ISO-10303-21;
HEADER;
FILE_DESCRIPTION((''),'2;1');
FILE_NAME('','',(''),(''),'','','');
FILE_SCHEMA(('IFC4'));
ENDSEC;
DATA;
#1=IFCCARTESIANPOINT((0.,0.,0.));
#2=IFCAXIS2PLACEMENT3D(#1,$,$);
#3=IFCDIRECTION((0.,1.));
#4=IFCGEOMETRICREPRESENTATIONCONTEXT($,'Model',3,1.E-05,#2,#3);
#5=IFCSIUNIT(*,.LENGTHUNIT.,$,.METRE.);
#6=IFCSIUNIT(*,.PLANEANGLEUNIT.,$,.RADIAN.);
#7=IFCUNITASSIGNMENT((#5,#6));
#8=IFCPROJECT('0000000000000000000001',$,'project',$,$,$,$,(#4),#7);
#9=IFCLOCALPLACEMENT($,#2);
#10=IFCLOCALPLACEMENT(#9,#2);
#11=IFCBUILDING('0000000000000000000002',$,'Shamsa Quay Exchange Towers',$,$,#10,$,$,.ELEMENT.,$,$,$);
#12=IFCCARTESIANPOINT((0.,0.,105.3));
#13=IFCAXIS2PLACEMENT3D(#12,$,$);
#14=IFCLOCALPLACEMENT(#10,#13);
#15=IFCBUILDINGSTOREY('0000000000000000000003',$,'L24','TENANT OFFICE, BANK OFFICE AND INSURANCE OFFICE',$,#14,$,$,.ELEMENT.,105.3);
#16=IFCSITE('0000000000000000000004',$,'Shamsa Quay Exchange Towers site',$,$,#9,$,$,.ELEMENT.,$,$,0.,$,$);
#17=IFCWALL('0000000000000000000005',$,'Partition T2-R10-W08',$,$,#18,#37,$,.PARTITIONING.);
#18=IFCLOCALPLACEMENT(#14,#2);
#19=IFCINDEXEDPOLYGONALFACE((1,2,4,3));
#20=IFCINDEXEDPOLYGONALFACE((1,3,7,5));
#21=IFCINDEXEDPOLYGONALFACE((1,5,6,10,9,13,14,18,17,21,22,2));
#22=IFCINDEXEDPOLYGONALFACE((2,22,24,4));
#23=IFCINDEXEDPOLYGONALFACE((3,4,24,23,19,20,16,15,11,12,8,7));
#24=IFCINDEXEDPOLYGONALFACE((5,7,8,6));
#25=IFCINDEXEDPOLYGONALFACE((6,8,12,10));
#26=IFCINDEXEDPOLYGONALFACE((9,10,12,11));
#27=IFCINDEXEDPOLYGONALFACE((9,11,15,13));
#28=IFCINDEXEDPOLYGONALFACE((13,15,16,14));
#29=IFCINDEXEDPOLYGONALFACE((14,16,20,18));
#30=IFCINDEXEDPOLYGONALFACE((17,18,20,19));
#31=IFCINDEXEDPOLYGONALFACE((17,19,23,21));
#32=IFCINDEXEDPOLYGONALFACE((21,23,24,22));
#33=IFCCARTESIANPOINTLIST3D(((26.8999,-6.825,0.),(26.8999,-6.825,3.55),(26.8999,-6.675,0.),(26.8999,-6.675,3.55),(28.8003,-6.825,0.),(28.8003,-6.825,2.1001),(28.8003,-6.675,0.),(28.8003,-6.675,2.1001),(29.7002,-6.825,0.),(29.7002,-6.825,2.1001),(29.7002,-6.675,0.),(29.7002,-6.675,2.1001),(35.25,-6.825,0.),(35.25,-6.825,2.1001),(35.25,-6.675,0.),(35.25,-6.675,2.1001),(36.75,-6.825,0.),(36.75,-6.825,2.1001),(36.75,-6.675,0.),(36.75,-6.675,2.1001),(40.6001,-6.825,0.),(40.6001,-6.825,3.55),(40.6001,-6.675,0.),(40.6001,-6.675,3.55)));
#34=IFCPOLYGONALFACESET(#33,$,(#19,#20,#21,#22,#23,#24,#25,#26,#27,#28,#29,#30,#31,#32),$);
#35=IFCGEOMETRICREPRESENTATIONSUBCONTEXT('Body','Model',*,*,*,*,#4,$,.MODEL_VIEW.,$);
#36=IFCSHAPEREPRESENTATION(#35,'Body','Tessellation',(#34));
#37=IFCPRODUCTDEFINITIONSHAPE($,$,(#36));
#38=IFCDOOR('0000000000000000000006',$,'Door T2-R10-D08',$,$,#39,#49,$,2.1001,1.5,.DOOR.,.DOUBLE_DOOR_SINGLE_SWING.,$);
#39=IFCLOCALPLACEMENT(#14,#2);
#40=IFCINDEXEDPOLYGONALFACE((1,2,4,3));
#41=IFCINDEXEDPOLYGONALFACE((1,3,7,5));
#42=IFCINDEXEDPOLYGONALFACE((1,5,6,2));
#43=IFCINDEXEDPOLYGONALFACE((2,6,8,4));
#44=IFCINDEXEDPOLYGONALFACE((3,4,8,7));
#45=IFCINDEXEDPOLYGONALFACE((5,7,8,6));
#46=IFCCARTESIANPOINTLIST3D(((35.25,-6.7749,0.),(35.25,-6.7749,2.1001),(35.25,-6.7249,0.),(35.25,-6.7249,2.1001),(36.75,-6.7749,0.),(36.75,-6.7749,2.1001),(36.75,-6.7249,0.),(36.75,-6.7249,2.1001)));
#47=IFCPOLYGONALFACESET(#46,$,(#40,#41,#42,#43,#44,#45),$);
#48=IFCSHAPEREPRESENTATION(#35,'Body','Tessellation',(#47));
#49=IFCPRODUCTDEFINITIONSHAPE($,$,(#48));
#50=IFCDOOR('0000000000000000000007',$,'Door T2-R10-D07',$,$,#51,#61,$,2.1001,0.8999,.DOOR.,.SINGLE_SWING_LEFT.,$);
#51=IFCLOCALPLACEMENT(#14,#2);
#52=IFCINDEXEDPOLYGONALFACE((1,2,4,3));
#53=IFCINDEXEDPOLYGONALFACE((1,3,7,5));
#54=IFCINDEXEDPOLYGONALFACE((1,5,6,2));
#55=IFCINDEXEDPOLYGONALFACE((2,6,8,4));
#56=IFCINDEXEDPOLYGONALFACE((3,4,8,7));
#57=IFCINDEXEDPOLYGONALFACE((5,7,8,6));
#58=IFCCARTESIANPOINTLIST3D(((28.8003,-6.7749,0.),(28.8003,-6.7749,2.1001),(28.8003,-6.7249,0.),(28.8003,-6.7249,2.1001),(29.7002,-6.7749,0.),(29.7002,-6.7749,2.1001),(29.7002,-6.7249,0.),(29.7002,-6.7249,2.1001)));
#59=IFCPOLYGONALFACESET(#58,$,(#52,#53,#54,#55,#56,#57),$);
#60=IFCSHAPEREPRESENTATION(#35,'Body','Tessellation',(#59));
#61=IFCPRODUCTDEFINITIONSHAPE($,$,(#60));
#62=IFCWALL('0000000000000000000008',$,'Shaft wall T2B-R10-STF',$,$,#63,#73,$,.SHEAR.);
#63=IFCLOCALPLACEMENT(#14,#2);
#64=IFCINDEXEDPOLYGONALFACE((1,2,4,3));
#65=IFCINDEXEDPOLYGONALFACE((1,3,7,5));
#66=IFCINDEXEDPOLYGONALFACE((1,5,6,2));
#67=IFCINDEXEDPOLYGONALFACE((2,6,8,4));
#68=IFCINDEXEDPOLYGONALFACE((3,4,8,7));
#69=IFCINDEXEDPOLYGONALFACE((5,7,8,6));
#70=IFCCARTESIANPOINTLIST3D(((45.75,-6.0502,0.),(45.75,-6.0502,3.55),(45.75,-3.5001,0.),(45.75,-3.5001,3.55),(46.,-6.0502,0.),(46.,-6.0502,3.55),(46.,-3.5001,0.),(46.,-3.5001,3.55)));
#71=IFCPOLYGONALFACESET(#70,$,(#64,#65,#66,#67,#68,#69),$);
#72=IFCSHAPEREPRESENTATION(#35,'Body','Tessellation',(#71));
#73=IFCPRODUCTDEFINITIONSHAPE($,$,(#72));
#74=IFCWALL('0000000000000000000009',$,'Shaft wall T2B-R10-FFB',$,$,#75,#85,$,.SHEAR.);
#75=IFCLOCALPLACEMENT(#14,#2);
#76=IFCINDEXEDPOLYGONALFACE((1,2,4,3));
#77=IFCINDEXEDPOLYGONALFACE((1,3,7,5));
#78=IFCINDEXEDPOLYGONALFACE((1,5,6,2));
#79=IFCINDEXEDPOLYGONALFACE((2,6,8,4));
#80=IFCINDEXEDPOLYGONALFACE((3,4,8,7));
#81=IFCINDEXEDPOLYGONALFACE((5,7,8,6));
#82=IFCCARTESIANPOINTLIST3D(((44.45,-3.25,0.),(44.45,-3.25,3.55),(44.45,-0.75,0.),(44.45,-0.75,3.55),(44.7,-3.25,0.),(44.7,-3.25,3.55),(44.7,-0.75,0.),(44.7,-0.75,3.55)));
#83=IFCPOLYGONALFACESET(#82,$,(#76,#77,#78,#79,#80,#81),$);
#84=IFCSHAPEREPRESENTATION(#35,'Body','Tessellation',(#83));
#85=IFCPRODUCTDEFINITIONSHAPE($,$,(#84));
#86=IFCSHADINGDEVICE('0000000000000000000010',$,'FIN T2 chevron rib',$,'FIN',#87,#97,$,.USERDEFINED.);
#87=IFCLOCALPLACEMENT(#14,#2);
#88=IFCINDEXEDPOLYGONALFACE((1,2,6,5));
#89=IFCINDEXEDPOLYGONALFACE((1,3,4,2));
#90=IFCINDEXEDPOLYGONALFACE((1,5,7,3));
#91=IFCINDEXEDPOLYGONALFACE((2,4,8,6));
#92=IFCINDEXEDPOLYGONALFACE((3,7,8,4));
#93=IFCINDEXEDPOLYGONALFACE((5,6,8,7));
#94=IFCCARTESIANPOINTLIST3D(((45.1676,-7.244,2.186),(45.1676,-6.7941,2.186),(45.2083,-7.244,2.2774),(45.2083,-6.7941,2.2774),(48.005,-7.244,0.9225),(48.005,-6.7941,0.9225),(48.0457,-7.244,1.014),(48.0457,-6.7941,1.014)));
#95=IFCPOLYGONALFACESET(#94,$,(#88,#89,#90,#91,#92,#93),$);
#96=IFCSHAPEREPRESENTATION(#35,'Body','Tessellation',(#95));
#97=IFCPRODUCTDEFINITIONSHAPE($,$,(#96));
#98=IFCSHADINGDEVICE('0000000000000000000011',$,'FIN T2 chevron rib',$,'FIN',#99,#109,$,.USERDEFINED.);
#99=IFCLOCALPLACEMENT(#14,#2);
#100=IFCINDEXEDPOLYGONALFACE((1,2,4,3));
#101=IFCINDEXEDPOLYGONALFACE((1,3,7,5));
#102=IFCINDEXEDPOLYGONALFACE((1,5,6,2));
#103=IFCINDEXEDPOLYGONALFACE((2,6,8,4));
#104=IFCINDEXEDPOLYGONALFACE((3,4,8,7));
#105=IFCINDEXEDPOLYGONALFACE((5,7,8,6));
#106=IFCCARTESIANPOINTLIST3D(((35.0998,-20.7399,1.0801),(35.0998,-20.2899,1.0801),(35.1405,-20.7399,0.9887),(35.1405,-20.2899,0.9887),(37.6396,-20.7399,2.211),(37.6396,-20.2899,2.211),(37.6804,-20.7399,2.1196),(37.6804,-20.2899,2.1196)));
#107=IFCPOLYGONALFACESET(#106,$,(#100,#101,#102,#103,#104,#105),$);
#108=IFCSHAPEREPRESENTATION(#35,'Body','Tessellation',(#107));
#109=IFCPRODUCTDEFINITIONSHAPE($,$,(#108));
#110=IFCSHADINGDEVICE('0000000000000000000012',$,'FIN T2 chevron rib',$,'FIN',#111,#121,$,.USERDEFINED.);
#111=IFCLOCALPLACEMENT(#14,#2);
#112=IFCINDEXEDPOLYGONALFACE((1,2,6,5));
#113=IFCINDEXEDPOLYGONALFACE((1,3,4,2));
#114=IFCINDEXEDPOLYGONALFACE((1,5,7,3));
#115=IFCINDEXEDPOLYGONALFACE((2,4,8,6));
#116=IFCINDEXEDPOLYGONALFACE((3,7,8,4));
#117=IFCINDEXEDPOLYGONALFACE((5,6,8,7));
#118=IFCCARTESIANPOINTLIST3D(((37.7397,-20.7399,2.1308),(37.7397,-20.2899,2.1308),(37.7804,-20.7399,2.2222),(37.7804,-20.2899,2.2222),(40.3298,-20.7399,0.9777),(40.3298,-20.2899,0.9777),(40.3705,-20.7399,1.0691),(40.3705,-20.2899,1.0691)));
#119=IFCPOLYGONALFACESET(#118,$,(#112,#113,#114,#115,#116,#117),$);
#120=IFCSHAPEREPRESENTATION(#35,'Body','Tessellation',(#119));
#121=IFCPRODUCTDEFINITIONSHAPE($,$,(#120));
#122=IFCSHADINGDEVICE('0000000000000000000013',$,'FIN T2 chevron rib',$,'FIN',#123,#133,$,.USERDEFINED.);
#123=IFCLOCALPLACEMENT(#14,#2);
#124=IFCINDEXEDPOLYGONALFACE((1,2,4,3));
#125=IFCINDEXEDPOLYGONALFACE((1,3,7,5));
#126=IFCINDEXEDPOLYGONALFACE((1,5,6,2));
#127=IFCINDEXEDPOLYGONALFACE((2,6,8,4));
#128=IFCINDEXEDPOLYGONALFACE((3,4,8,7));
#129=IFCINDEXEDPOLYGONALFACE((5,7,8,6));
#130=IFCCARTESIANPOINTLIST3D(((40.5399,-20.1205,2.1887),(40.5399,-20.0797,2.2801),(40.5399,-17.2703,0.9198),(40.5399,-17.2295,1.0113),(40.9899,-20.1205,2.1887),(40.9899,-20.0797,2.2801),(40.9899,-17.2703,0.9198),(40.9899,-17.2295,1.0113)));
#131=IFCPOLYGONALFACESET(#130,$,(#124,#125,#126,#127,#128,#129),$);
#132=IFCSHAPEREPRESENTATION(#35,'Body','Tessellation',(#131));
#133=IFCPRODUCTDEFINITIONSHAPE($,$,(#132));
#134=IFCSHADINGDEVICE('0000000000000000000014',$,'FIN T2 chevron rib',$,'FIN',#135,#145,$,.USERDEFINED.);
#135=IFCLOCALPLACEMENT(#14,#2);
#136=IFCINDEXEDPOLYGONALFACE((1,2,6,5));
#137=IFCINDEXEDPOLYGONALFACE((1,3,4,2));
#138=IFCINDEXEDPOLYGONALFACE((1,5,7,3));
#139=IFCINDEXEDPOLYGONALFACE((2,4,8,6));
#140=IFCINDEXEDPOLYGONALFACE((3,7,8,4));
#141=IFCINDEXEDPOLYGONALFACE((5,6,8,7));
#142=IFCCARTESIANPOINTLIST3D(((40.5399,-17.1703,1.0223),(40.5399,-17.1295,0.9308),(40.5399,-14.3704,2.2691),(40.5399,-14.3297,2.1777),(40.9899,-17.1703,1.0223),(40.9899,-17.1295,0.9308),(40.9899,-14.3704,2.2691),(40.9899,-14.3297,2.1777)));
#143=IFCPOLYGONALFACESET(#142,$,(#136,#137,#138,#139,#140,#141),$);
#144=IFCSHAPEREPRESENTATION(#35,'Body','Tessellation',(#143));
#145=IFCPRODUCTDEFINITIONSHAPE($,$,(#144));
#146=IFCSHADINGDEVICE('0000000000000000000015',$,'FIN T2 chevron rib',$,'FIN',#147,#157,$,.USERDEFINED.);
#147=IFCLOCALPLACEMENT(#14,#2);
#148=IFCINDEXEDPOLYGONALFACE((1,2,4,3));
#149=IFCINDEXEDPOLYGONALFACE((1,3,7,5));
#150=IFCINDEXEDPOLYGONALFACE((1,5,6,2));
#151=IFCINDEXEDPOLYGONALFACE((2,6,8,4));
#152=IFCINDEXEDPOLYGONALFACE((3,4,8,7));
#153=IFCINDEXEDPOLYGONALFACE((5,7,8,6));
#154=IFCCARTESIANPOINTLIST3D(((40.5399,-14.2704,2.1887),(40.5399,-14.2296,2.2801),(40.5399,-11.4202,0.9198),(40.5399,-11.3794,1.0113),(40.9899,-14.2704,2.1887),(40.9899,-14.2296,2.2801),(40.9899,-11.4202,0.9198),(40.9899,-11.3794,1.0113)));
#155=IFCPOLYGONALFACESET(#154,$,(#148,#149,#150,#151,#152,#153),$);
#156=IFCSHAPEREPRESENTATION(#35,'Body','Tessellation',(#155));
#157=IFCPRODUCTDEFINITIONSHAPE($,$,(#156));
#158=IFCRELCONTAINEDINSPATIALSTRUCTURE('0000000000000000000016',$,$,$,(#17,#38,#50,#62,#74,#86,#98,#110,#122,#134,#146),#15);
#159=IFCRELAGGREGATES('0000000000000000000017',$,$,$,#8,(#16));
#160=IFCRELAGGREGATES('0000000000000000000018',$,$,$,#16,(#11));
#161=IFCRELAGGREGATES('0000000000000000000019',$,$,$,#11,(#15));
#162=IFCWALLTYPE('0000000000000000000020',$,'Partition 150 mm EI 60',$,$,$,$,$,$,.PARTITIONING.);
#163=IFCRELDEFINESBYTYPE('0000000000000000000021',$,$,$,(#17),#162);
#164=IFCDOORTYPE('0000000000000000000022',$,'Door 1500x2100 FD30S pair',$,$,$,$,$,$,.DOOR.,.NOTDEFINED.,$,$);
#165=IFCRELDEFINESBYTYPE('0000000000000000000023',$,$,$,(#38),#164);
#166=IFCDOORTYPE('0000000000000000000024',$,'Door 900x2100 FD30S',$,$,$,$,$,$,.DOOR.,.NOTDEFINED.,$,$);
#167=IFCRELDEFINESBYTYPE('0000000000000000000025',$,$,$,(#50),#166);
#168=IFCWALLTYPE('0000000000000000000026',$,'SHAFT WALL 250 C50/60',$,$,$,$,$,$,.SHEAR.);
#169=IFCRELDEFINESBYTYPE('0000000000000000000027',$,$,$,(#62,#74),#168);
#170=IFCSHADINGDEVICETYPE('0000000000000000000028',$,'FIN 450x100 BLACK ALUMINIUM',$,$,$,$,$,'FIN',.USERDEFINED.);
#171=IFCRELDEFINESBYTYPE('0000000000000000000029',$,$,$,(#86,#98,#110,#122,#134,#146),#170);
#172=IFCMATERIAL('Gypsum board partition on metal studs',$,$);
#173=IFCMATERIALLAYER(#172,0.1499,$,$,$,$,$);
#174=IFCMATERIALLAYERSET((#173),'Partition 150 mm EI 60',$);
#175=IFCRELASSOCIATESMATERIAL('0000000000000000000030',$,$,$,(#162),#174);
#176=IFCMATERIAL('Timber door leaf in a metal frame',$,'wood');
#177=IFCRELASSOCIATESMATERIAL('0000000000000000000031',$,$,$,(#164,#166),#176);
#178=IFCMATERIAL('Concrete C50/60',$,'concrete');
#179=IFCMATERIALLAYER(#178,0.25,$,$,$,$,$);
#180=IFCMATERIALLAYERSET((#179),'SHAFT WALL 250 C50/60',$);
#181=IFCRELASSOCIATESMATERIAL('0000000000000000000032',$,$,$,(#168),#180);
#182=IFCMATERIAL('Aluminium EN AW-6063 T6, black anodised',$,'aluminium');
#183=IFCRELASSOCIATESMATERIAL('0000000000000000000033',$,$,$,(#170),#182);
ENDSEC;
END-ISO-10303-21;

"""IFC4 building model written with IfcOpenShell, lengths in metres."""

from ifc_helpers import new_model, si_unit, direction, frame, frame_2d, origin, origin_2d, place, context, subcontext, project, spatial, rectangle, extrude, material, layer, layer_set, material_profile, profile_set, type_object, element, fill, save


model = new_model("IFC4")

# Units and contexts
model_context = context("Model", 3, precision=1e-05, world=origin(), true_north=direction((0.0, 1.0)))
body_context = subcontext(model_context, "Body", "Model", "MODEL_VIEW")
ifc_project = project(units=[si_unit("LENGTHUNIT", "METRE"), si_unit("PLANEANGLEUNIT", "RADIAN")], contexts=[model_context])

# Site, building, storey
site_placement = place(None, origin())
site = spatial("IfcSite", under=ifc_project, at=site_placement, Name="Shamsa Quay Exchange Towers site", CompositionType="ELEMENT", RefElevation=0.0)
building_placement = place(site_placement, origin())
building = spatial("IfcBuilding", under=site, at=building_placement, Name="Shamsa Quay Exchange Towers", CompositionType="ELEMENT")
storey_placement = place(building_placement, frame((0.0, 0.0, 105.3)))
storey = spatial("IfcBuildingStorey", under=building, at=storey_placement, Name="L24", Description="TENANT OFFICE, BANK OFFICE AND INSURANCE OFFICE", CompositionType="ELEMENT", Elevation=105.3)

# Shared definitions
ifc_material_1 = material(Name="Aluminium EN AW-6063 T6, black anodised", Category="aluminium")

# Wall, openings, doors
ifc_material_2 = material(Name="Gypsum board partition on metal studs")
ifc_layer_1 = layer(ifc_material_2, 0.1499)
ifc_layer_set_1 = layer_set([ifc_layer_1], Name="Partition 150 mm EI 60")
wall_type_1 = type_object("IfcWallType", Name="Partition 150 mm EI 60", PredefinedType="PARTITIONING", material=ifc_layer_set_1)
wall_1_placement = place(storey_placement, frame((40.6001, -6.75, 0.0), z_axis=(0.0, 0.0, 1.0), x_axis=(-1.0, 0.0, 0.0)))
wall_1 = element("IfcWall", 1, at=wall_1_placement, inside=storey, type_object=wall_type_1, Name="Partition T2-R10-W08", PredefinedType="PARTITIONING", context=body_context, shape_type="SweptSolid", body=[
    extrude(rectangle(XDim=13.7002, YDim=0.1499, at=frame_2d((6.8501, 0.0))), origin(), (0.0, 0.0, 1.0), 3.55),
])
opening_1_placement = place(wall_1_placement, frame((10.8999, 0.0, 0.0)))
opening_1 = element("IfcOpeningElement", 2, at=opening_1_placement, cuts=wall_1, PredefinedType="OPENING", context=body_context, shape_type="SweptSolid", body=[
    extrude(rectangle(XDim=0.8999, YDim=2.1001, at=frame_2d((0.45, 1.05))), frame((0.0, 0.085, 0.0), z_axis=(0.0, -1.0, 0.0), x_axis=(1.0, 0.0, 0.0)), (0.0, 0.0, 1.0), 0.1699),
])
opening_2_placement = place(wall_1_placement, frame((3.8501, 0.0, 0.0)))
opening_2 = element("IfcOpeningElement", 3, at=opening_2_placement, cuts=wall_1, PredefinedType="OPENING", context=body_context, shape_type="SweptSolid", body=[
    extrude(rectangle(XDim=1.5, YDim=2.1001, at=frame_2d((0.75, 1.05))), frame((0.0, 0.085, 0.0), z_axis=(0.0, -1.0, 0.0), x_axis=(1.0, 0.0, 0.0)), (0.0, 0.0, 1.0), 0.1699),
])
ifc_material_3 = material(Name="Timber door leaf in a metal frame", Category="wood")
door_type_1 = type_object("IfcDoorType", Name="Door 1500x2100 FD30S pair", OperationType="NOTDEFINED", PredefinedType="DOOR", material=ifc_material_3)
door_1_placement = place(opening_2_placement, origin())
door_1 = element("IfcDoor", 4, at=door_1_placement, inside=storey, type_object=door_type_1, Name="Door T2-R10-D08", OperationType="DOUBLE_DOOR_SINGLE_SWING", OverallHeight=2.1001, OverallWidth=1.5, PredefinedType="DOOR", context=body_context, shape_type="SweptSolid", body=[
    extrude(rectangle(XDim=1.5, YDim=2.1001, at=frame_2d((0.75, 1.05))), frame((0.0, 0.0249, 0.0), z_axis=(0.0, -1.0, 0.0), x_axis=(1.0, 0.0, 0.0)), (0.0, 0.0, 1.0), 0.05),
])
fill(opening_2, door_1)
door_type_2 = type_object("IfcDoorType", Name="Door 900x2100 FD30S", OperationType="NOTDEFINED", PredefinedType="DOOR", material=ifc_material_3)
door_2_placement = place(opening_1_placement, origin())
door_2 = element("IfcDoor", 5, at=door_2_placement, inside=storey, type_object=door_type_2, Name="Door T2-R10-D07", OperationType="SINGLE_SWING_LEFT", OverallHeight=2.1001, OverallWidth=0.8999, PredefinedType="DOOR", context=body_context, shape_type="SweptSolid", body=[
    extrude(rectangle(XDim=0.8999, YDim=2.1001, at=frame_2d((0.45, 1.05))), frame((0.0, 0.0249, 0.0), z_axis=(0.0, -1.0, 0.0), x_axis=(1.0, 0.0, 0.0)), (0.0, 0.0, 1.0), 0.05),
])
fill(opening_1, door_2)

# Walls
ifc_material_4 = material(Name="Concrete C50/60", Category="concrete")
ifc_layer_2 = layer(ifc_material_4, 0.25)
ifc_layer_set_2 = layer_set([ifc_layer_2], Name="SHAFT WALL 250 C50/60")
wall_type_2 = type_object("IfcWallType", Name="SHAFT WALL 250 C50/60", PredefinedType="SHEAR", material=ifc_layer_set_2)
wall_2_placement = place(storey_placement, frame((45.875, -6.05, 0.0), z_axis=(0.0, 0.0, 1.0), x_axis=(0.0, 1.0, 0.0)))
element("IfcWall", 6, at=wall_2_placement, inside=storey, type_object=wall_type_2, Name="Shaft wall T2B-R10-STF", PredefinedType="SHEAR", context=body_context, shape_type="SweptSolid", body=[
    extrude(rectangle(XDim=2.55, YDim=0.25, at=frame_2d((1.2749, 0.0))), origin(), (0.0, 0.0, 1.0), 3.55),
])
wall_3_placement = place(storey_placement, frame((44.575, -3.25, 0.0), z_axis=(0.0, 0.0, 1.0), x_axis=(0.0, 1.0, 0.0)))
element("IfcWall", 7, at=wall_3_placement, inside=storey, type_object=wall_type_2, Name="Shaft wall T2B-R10-FFB", PredefinedType="SHEAR", context=body_context, shape_type="SweptSolid", body=[
    extrude(rectangle(XDim=2.5, YDim=0.25, at=frame_2d((1.25, 0.0))), origin(), (0.0, 0.0, 1.0), 3.55),
])

# Shading devices
ifc_material_profile_1 = material_profile(ifc_material_1, rectangle(XDim=0.45, YDim=0.1001, at=origin_2d()), Name="FIN450x100")
ifc_profile_set_1 = profile_set([ifc_material_profile_1], Name="Aluminium EN AW-6063 T6, black anodised")
shading_device_type = type_object("IfcShadingDeviceType", Name="FIN 450x100 BLACK ALUMINIUM", ElementType="FIN", PredefinedType="USERDEFINED", material=ifc_profile_set_1)
shading_device_1_placement = place(storey_placement, frame((45.188, -7.019, 2.2317), z_axis=(0.913529, 0.0, -0.406773), x_axis=(0.0, 1.0, 0.0)))
element("IfcShadingDevice", 8, at=shading_device_1_placement, inside=storey, type_object=shading_device_type, Name="FIN T2 chevron rib", ObjectType="FIN", PredefinedType="USERDEFINED", context=body_context, shape_type="SweptSolid", body=[
    extrude(rectangle(XDim=0.45, YDim=0.1001, at=origin_2d()), origin(), (0.0, 0.0, 1.0), 3.106),
])
shading_device_2_placement = place(storey_placement, frame((35.1201, -20.5149, 1.0344), z_axis=(0.913536, 0.0, 0.406758), x_axis=(0.0, 1.0, 0.0)))
element("IfcShadingDevice", 9, at=shading_device_2_placement, inside=storey, type_object=shading_device_type, Name="FIN T2 chevron rib", ObjectType="FIN", PredefinedType="USERDEFINED", context=body_context, shape_type="SweptSolid", body=[
    extrude(rectangle(XDim=0.45, YDim=0.1001, at=origin_2d()), origin(), (0.0, 0.0, 1.0), 2.7803),
])
shading_device_3_placement = place(storey_placement, frame((37.76, -20.5149, 2.1765), z_axis=(0.913559, 0.0, -0.406706), x_axis=(0.0, 1.0, 0.0)))
element("IfcShadingDevice", 10, at=shading_device_3_placement, inside=storey, type_object=shading_device_type, Name="FIN T2 chevron rib", ObjectType="FIN", PredefinedType="USERDEFINED", context=body_context, shape_type="SweptSolid", body=[
    extrude(rectangle(XDim=0.45, YDim=0.1001, at=origin_2d()), origin(), (0.0, 0.0, 1.0), 2.8352),
])
shading_device_4_placement = place(storey_placement, frame((40.7649, -20.1001, 2.2344), z_axis=(0.0, 0.913563, -0.406697), x_axis=(-1.0, 0.0, 0.0)))
element("IfcShadingDevice", 11, at=shading_device_4_placement, inside=storey, type_object=shading_device_type, Name="FIN T2 chevron rib", ObjectType="FIN", PredefinedType="USERDEFINED", context=body_context, shape_type="SweptSolid", body=[
    extrude(rectangle(XDim=0.45, YDim=0.1001, at=origin_2d()), origin(), (0.0, 0.0, 1.0), 3.1199),
])
shading_device_5_placement = place(storey_placement, frame((40.7649, -17.1499, 0.9766), z_axis=(0.0, 0.913512, 0.406811), x_axis=(-1.0, 0.0, 0.0)))
element("IfcShadingDevice", 12, at=shading_device_5_placement, inside=storey, type_object=shading_device_type, Name="FIN T2 chevron rib", ObjectType="FIN", PredefinedType="USERDEFINED", context=body_context, shape_type="SweptSolid", body=[
    extrude(rectangle(XDim=0.45, YDim=0.1001, at=origin_2d()), origin(), (0.0, 0.0, 1.0), 3.0649),
])
shading_device_6_placement = place(storey_placement, frame((40.7649, -14.25, 2.2344), z_axis=(0.0, 0.913563, -0.406697), x_axis=(-1.0, 0.0, 0.0)))
element("IfcShadingDevice", 13, at=shading_device_6_placement, inside=storey, type_object=shading_device_type, Name="FIN T2 chevron rib", ObjectType="FIN", PredefinedType="USERDEFINED", context=body_context, shape_type="SweptSolid", body=[
    extrude(rectangle(XDim=0.45, YDim=0.1001, at=origin_2d()), origin(), (0.0, 0.0, 1.0), 3.1199),
])

save(model, "model.ifc")
